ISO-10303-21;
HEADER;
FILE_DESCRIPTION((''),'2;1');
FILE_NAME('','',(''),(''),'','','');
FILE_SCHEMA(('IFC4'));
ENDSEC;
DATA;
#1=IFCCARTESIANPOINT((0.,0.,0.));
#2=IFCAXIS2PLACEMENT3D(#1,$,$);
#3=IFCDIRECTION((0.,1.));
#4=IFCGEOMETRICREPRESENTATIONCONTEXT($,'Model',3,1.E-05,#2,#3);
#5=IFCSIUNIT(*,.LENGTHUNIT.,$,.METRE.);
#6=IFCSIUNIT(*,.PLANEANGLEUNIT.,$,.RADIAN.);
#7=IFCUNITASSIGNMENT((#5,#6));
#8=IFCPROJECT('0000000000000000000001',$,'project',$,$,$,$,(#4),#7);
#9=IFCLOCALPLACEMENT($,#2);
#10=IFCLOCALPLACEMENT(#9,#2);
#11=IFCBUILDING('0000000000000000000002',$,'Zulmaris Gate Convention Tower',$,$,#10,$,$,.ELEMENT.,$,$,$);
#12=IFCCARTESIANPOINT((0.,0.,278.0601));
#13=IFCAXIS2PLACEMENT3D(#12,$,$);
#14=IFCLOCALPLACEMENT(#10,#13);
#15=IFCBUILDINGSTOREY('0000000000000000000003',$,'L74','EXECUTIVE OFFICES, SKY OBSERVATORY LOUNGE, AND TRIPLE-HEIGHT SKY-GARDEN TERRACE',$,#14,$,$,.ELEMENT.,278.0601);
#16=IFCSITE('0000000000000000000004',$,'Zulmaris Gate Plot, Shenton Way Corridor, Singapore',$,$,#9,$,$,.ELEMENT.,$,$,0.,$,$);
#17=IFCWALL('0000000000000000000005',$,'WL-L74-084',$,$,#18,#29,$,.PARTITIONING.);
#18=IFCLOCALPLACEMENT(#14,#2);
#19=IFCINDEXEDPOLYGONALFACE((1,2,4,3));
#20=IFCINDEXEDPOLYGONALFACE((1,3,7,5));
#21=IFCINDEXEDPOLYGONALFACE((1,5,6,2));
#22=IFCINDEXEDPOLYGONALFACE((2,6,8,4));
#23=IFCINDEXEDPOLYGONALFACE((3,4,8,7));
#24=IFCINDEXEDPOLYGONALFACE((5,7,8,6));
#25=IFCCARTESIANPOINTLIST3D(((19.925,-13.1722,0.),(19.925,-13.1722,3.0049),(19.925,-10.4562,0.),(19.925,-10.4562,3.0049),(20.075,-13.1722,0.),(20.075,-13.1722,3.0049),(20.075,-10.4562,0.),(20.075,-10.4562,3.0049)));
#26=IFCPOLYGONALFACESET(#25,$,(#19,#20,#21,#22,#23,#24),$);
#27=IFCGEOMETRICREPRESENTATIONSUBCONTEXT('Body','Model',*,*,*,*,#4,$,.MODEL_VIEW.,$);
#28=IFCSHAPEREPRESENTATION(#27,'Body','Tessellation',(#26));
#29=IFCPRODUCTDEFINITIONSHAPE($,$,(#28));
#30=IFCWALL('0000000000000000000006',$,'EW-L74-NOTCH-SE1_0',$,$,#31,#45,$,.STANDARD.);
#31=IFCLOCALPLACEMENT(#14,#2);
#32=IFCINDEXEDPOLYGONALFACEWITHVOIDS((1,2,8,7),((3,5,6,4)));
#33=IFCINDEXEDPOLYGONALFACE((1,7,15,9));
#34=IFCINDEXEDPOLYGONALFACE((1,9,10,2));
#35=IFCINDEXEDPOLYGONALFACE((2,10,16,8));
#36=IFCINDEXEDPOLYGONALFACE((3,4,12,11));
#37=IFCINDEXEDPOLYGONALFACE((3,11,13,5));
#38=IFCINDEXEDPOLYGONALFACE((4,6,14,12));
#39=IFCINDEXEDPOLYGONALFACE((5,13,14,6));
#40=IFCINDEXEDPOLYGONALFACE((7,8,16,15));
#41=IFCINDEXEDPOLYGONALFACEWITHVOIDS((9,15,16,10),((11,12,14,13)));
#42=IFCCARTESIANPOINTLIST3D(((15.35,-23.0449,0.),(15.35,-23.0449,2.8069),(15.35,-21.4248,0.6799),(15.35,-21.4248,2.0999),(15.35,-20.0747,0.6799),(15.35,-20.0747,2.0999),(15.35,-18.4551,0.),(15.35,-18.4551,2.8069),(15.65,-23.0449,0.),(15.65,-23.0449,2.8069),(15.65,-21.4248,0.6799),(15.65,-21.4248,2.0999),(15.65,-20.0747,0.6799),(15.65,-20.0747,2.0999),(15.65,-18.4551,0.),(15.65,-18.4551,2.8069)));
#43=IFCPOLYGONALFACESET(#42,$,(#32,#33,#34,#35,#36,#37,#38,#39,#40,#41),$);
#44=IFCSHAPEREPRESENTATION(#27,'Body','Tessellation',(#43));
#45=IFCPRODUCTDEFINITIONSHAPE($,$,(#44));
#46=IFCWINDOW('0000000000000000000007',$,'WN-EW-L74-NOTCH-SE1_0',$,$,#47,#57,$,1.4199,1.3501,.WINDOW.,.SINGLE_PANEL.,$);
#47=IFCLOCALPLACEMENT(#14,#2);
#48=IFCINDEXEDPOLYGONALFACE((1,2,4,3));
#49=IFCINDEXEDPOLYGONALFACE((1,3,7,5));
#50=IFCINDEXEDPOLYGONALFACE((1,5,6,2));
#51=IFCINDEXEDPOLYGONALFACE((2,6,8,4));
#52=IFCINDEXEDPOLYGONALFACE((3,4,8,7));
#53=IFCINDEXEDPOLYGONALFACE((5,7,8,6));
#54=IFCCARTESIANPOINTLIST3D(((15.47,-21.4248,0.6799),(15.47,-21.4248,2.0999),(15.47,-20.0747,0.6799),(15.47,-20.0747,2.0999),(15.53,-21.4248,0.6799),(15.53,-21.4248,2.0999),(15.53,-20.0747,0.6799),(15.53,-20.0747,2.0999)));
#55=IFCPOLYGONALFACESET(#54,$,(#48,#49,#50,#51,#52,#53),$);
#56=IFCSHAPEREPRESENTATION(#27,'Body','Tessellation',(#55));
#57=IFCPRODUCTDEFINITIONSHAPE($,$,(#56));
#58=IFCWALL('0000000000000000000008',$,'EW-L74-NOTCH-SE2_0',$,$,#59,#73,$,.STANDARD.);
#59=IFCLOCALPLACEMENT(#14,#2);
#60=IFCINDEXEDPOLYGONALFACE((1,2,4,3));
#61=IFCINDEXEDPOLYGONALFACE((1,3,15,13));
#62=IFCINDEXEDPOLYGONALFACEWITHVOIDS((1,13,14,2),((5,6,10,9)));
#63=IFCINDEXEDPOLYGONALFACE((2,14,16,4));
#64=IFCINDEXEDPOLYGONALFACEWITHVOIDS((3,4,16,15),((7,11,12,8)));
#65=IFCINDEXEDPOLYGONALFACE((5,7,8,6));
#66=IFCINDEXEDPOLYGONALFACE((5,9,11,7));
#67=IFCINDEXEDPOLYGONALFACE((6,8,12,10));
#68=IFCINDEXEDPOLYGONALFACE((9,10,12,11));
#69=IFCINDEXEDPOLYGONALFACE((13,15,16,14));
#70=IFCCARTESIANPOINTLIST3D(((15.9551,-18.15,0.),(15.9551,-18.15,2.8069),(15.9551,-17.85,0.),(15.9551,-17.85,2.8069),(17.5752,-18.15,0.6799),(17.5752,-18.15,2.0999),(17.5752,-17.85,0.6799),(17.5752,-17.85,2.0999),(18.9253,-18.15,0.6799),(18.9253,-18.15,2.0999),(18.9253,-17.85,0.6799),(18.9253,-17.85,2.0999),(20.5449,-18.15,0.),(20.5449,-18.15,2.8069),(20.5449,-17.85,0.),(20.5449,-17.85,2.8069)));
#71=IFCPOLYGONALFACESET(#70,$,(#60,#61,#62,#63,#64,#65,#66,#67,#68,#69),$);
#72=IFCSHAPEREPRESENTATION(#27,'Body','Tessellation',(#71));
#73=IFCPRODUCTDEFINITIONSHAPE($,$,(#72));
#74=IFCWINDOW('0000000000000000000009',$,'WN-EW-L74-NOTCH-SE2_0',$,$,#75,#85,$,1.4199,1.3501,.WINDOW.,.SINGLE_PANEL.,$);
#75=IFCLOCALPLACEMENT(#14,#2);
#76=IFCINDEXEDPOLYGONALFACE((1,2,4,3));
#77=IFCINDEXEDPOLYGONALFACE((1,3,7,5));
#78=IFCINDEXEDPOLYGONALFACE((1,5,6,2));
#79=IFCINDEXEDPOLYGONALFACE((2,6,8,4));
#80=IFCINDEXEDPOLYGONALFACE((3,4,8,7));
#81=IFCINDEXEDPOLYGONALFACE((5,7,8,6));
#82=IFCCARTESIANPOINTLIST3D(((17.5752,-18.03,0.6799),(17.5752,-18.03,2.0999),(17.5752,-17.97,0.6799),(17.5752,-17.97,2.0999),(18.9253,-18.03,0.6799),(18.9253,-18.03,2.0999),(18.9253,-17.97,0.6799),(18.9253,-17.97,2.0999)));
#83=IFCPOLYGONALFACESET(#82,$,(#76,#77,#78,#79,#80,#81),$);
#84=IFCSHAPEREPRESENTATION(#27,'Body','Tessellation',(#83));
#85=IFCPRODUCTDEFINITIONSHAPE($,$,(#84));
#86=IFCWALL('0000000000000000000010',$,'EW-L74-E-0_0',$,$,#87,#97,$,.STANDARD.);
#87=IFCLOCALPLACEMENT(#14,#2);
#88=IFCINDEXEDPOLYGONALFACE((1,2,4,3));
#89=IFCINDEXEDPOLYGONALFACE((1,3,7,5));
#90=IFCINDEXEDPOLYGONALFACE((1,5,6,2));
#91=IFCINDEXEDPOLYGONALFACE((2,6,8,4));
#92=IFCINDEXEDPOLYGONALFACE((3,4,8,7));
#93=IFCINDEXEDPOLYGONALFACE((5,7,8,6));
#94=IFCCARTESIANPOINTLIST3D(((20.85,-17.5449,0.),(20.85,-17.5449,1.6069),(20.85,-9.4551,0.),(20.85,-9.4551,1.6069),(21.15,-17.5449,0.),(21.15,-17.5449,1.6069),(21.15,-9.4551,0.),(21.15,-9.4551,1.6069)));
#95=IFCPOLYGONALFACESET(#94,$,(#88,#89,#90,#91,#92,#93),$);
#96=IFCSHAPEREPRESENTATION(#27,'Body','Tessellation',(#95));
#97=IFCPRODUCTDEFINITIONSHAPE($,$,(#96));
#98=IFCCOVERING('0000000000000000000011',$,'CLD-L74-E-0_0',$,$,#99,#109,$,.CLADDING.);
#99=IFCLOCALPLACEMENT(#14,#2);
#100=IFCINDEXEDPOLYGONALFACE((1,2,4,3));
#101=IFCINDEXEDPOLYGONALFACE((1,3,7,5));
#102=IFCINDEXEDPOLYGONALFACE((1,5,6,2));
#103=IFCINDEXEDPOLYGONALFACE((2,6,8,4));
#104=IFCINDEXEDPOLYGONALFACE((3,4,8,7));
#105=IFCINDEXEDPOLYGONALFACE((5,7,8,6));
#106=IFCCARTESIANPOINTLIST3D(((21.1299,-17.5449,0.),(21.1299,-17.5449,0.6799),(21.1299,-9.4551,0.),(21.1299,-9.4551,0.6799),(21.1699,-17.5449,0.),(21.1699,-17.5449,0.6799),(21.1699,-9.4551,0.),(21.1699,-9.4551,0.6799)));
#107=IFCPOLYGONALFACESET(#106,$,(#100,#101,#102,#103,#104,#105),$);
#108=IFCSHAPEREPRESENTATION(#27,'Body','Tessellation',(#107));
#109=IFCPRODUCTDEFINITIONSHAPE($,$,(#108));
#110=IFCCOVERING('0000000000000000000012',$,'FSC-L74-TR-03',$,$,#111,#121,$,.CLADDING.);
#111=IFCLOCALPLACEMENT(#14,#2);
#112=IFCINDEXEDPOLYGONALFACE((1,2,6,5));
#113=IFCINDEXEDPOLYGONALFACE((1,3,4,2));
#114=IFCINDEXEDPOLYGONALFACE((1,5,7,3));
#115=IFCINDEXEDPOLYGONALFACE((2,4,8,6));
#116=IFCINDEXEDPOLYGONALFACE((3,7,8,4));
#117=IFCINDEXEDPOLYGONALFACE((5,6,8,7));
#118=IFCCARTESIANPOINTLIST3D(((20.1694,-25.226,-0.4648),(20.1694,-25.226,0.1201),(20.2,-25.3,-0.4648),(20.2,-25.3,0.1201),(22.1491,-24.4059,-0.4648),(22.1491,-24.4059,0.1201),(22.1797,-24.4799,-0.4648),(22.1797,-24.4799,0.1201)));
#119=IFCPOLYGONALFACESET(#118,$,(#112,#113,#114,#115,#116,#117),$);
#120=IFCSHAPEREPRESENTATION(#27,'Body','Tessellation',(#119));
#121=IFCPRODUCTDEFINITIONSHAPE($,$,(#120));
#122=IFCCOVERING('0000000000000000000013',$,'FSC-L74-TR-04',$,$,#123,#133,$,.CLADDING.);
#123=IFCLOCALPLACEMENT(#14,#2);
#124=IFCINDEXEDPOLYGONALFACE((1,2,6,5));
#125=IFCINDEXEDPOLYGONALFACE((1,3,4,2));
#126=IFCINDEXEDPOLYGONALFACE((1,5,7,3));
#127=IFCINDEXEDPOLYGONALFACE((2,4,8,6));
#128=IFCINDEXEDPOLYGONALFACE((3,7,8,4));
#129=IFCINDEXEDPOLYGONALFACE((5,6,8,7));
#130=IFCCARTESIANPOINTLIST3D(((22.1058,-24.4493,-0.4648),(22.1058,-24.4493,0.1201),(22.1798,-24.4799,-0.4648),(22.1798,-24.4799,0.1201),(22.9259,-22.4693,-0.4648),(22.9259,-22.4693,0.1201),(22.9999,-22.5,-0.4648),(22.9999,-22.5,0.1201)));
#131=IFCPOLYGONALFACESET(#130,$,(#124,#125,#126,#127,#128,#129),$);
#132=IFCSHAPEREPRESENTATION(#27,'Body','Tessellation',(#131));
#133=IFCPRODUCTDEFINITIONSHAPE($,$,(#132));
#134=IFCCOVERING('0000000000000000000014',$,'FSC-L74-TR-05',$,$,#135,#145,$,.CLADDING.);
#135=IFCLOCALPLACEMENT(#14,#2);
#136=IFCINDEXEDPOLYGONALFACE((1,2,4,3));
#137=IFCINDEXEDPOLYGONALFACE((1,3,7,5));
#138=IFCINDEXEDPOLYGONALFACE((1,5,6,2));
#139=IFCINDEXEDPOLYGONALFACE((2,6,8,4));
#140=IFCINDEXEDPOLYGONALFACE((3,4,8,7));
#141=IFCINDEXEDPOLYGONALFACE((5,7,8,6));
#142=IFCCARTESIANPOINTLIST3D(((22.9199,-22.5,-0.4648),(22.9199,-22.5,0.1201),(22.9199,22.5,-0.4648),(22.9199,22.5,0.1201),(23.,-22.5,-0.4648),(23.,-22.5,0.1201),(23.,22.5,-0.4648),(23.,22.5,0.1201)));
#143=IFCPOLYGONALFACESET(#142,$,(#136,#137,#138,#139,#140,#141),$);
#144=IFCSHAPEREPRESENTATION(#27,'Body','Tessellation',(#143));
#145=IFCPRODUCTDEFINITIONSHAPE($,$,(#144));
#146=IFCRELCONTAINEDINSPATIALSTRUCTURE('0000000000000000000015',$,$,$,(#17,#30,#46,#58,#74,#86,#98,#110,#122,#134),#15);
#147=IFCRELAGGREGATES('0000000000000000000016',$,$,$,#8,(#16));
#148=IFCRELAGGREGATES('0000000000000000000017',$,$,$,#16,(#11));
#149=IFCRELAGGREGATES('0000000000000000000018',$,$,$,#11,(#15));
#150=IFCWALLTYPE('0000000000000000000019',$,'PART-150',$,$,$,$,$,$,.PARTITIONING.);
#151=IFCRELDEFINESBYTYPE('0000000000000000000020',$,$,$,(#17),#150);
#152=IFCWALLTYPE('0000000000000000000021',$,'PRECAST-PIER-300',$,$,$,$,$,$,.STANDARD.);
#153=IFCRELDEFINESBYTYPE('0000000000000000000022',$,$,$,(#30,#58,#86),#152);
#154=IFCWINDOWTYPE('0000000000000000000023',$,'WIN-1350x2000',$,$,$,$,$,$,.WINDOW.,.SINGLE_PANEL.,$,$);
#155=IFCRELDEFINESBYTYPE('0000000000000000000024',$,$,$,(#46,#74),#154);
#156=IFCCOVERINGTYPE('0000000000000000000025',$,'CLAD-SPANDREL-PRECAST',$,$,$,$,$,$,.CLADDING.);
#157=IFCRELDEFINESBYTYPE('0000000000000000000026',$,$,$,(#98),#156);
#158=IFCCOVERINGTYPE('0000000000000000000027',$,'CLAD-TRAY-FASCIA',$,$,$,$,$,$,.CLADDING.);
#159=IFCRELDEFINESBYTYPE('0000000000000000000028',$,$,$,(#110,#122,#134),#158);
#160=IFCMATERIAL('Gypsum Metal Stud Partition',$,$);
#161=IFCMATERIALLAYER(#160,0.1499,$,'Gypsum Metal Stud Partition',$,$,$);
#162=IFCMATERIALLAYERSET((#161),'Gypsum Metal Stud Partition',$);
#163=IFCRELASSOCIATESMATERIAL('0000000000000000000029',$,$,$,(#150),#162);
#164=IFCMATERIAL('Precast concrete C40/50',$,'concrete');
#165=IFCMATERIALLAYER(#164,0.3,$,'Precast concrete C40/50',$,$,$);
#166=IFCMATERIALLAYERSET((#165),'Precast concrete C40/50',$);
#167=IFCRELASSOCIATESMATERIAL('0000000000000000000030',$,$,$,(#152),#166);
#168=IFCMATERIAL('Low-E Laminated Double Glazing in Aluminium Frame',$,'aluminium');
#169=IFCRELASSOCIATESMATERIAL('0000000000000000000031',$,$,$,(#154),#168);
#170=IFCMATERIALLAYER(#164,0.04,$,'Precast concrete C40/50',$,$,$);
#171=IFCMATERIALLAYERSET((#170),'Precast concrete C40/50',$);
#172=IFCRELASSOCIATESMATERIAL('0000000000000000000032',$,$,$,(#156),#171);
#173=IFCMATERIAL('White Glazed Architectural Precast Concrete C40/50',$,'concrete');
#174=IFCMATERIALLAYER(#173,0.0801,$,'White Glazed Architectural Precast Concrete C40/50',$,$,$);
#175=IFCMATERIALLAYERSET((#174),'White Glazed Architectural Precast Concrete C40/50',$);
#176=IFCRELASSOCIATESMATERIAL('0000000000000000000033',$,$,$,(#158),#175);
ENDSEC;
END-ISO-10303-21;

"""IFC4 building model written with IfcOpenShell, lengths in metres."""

from ifc_helpers import new_model, si_unit, direction, frame, frame_2d, origin, place, context, subcontext, project, spatial, rectangle, extrude, material, layer, layer_set, type_object, element, fill, save


model = new_model("IFC4")

# Units and contexts
model_context = context("Model", 3, precision=1e-05, world=origin(), true_north=direction((0.0, 1.0)))
body_context = subcontext(model_context, "Body", "Model", "MODEL_VIEW")
ifc_project = project(units=[si_unit("LENGTHUNIT", "METRE"), si_unit("PLANEANGLEUNIT", "RADIAN")], contexts=[model_context])

# Site, building, storey
site_placement = place(None, origin())
site = spatial("IfcSite", under=ifc_project, at=site_placement, Name="Zulmaris Gate Plot, Shenton Way Corridor, Singapore", CompositionType="ELEMENT", RefElevation=0.0)
building_placement = place(site_placement, origin())
building = spatial("IfcBuilding", under=site, at=building_placement, Name="Zulmaris Gate Convention Tower", CompositionType="ELEMENT")
storey_placement = place(building_placement, frame((0.0, 0.0, 278.0601)))
storey = spatial("IfcBuildingStorey", under=building, at=storey_placement, Name="L74", Description="EXECUTIVE OFFICES, SKY OBSERVATORY LOUNGE, AND TRIPLE-HEIGHT SKY-GARDEN TERRACE", CompositionType="ELEMENT", Elevation=278.0601)

# Wall
ifc_material_1 = material(Name="Gypsum Metal Stud Partition")
ifc_layer_1 = layer(ifc_material_1, 0.1499, Name="Gypsum Metal Stud Partition")
ifc_layer_set_1 = layer_set([ifc_layer_1], Name="Gypsum Metal Stud Partition")
wall_type_1 = type_object("IfcWallType", Name="PART-150", PredefinedType="PARTITIONING", material=ifc_layer_set_1)
wall_1_placement = place(storey_placement, frame((20.0, -13.1721, 0.0), z_axis=(0.0, 0.0, 1.0), x_axis=(0.0, 1.0, 0.0)))
element("IfcWall", 1, at=wall_1_placement, inside=storey, type_object=wall_type_1, Name="WL-L74-084", PredefinedType="PARTITIONING", context=body_context, shape_type="SweptSolid", body=[
    extrude(rectangle(XDim=2.7161, YDim=0.1499, at=frame_2d((1.3579, 0.0))), origin(), (0.0, 0.0, 1.0), 3.0049),
])

# Walls, openings, windows
ifc_material_2 = material(Name="Precast concrete C40/50", Category="concrete")
ifc_layer_2 = layer(ifc_material_2, 0.3, Name="Precast concrete C40/50")
ifc_layer_set_2 = layer_set([ifc_layer_2], Name="Precast concrete C40/50")
wall_type_2 = type_object("IfcWallType", Name="PRECAST-PIER-300", PredefinedType="STANDARD", material=ifc_layer_set_2)
wall_2_placement = place(storey_placement, frame((15.5, -23.0449, 0.0), z_axis=(0.0, 0.0, 1.0), x_axis=(0.0, 1.0, 0.0)))
wall_2 = element("IfcWall", 2, at=wall_2_placement, inside=storey, type_object=wall_type_2, Name="EW-L74-NOTCH-SE1_0", PredefinedType="STANDARD", context=body_context, shape_type="SweptSolid", body=[
    extrude(rectangle(XDim=4.5898, YDim=0.3, at=frame_2d((2.2949, 0.0))), origin(), (0.0, 0.0, 1.0), 2.8069),
])
opening_1_placement = place(wall_2_placement, frame((1.6201, 0.0, 0.6799)))
opening_1 = element("IfcOpeningElement", 3, at=opening_1_placement, cuts=wall_2, PredefinedType="OPENING", context=body_context, shape_type="SweptSolid", body=[
    extrude(rectangle(XDim=1.3501, YDim=1.4199, at=frame_2d((0.675, 0.71))), frame((0.0, 0.1602, 0.0), z_axis=(0.0, -1.0, 0.0), x_axis=(1.0, 0.0, 0.0)), (0.0, 0.0, 1.0), 0.3201),
])
ifc_material_3 = material(Name="Low-E Laminated Double Glazing in Aluminium Frame", Category="aluminium")
window_type = type_object("IfcWindowType", Name="WIN-1350x2000", PartitioningType="SINGLE_PANEL", PredefinedType="WINDOW", material=ifc_material_3)
window_1_placement = place(opening_1_placement, origin())
window_1 = element("IfcWindow", 4, at=window_1_placement, inside=storey, type_object=window_type, Name="WN-EW-L74-NOTCH-SE1_0", OverallHeight=1.4199, OverallWidth=1.3501, PartitioningType="SINGLE_PANEL", PredefinedType="WINDOW", context=body_context, shape_type="SweptSolid", body=[
    extrude(rectangle(XDim=1.3501, YDim=1.4199, at=frame_2d((0.675, 0.71))), frame((0.0, 0.03, 0.0), z_axis=(0.0, -1.0, 0.0), x_axis=(1.0, 0.0, 0.0)), (0.0, 0.0, 1.0), 0.0601),
])
fill(opening_1, window_1)
wall_3_placement = place(storey_placement, frame((15.9551, -18.0, 0.0), z_axis=(0.0, 0.0, 1.0), x_axis=(1.0, 0.0, 0.0)))
wall_3 = element("IfcWall", 5, at=wall_3_placement, inside=storey, type_object=wall_type_2, Name="EW-L74-NOTCH-SE2_0", PredefinedType="STANDARD", context=body_context, shape_type="SweptSolid", body=[
    extrude(rectangle(XDim=4.5898, YDim=0.3, at=frame_2d((2.2949, 0.0))), origin(), (0.0, 0.0, 1.0), 2.8069),
])
opening_2_placement = place(wall_3_placement, frame((1.6201, 0.0, 0.6799)))
opening_2 = element("IfcOpeningElement", 6, at=opening_2_placement, cuts=wall_3, PredefinedType="OPENING", context=body_context, shape_type="SweptSolid", body=[
    extrude(rectangle(XDim=1.3501, YDim=1.4199, at=frame_2d((0.675, 0.71))), frame((0.0, 0.1602, 0.0), z_axis=(0.0, -1.0, 0.0), x_axis=(1.0, 0.0, 0.0)), (0.0, 0.0, 1.0), 0.3201),
])
window_2_placement = place(opening_2_placement, origin())
window_2 = element("IfcWindow", 7, at=window_2_placement, inside=storey, type_object=window_type, Name="WN-EW-L74-NOTCH-SE2_0", OverallHeight=1.4199, OverallWidth=1.3501, PartitioningType="SINGLE_PANEL", PredefinedType="WINDOW", context=body_context, shape_type="SweptSolid", body=[
    extrude(rectangle(XDim=1.3501, YDim=1.4199, at=frame_2d((0.675, 0.71))), frame((0.0, 0.03, 0.0), z_axis=(0.0, -1.0, 0.0), x_axis=(1.0, 0.0, 0.0)), (0.0, 0.0, 1.0), 0.0601),
])
fill(opening_2, window_2)

# Wall
wall_4_placement = place(storey_placement, frame((21.0, -17.5449, 0.0), z_axis=(0.0, 0.0, 1.0), x_axis=(0.0, 1.0, 0.0)))
element("IfcWall", 8, at=wall_4_placement, inside=storey, type_object=wall_type_2, Name="EW-L74-E-0_0", PredefinedType="STANDARD", context=body_context, shape_type="SweptSolid", body=[
    extrude(rectangle(XDim=8.0898, YDim=0.3, at=frame_2d((4.0449, 0.0))), origin(), (0.0, 0.0, 1.0), 1.6069),
])

# Coverings
ifc_layer_3 = layer(ifc_material_2, 0.04, Name="Precast concrete C40/50")
ifc_layer_set_3 = layer_set([ifc_layer_3], Name="Precast concrete C40/50")
covering_type_1 = type_object("IfcCoveringType", Name="CLAD-SPANDREL-PRECAST", PredefinedType="CLADDING", material=ifc_layer_set_3)
covering_1_placement = place(storey_placement, frame((21.1499, -17.5449, 0.0), z_axis=(0.0, 0.0, 1.0), x_axis=(0.0, 1.0, 0.0)))
element("IfcCovering", 9, at=covering_1_placement, inside=storey, type_object=covering_type_1, Name="CLD-L74-E-0_0", PredefinedType="CLADDING", context=body_context, shape_type="SweptSolid", body=[
    extrude(rectangle(XDim=8.0898, YDim=0.04, at=frame_2d((4.0449, 0.0))), origin(), (0.0, 0.0, 1.0), 0.6799),
])
ifc_material_4 = material(Name="White Glazed Architectural Precast Concrete C40/50", Category="concrete")
ifc_layer_4 = layer(ifc_material_4, 0.0801, Name="White Glazed Architectural Precast Concrete C40/50")
ifc_layer_set_4 = layer_set([ifc_layer_4], Name="White Glazed Architectural Precast Concrete C40/50")
covering_type_2 = type_object("IfcCoveringType", Name="CLAD-TRAY-FASCIA", PredefinedType="CLADDING", material=ifc_layer_set_4)
covering_2_placement = place(storey_placement, frame((20.1848, -25.2629, -0.4648), z_axis=(0.0, 0.0, 1.0), x_axis=(0.923874, 0.382697, 0.0)))
element("IfcCovering", 10, at=covering_2_placement, inside=storey, type_object=covering_type_2, Name="FSC-L74-TR-03", PredefinedType="CLADDING", context=body_context, shape_type="SweptSolid", body=[
    extrude(rectangle(XDim=2.1428, YDim=0.0801, at=frame_2d((1.0713, 0.0))), origin(), (0.0, 0.0, 1.0), 0.585),
])
covering_3_placement = place(storey_placement, frame((22.1428, -24.4646, -0.4648), z_axis=(0.0, 0.0, 1.0), x_axis=(0.382657, 0.92389, 0.0)))
element("IfcCovering", 11, at=covering_3_placement, inside=storey, type_object=covering_type_2, Name="FSC-L74-TR-04", PredefinedType="CLADDING", context=body_context, shape_type="SweptSolid", body=[
    extrude(rectangle(XDim=2.1431, YDim=0.0801, at=frame_2d((1.0715, 0.0))), origin(), (0.0, 0.0, 1.0), 0.585),
])
covering_4_placement = place(storey_placement, frame((22.96, -22.5, -0.4648), z_axis=(0.0, 0.0, 1.0), x_axis=(0.0, 1.0, 0.0)))
element("IfcCovering", 12, at=covering_4_placement, inside=storey, type_object=covering_type_2, Name="FSC-L74-TR-05", PredefinedType="CLADDING", context=body_context, shape_type="SweptSolid", body=[
    extrude(rectangle(XDim=45.0, YDim=0.0801, at=frame_2d((22.5, 0.0))), origin(), (0.0, 0.0, 1.0), 0.585),
])

save(model, "model.ifc")
